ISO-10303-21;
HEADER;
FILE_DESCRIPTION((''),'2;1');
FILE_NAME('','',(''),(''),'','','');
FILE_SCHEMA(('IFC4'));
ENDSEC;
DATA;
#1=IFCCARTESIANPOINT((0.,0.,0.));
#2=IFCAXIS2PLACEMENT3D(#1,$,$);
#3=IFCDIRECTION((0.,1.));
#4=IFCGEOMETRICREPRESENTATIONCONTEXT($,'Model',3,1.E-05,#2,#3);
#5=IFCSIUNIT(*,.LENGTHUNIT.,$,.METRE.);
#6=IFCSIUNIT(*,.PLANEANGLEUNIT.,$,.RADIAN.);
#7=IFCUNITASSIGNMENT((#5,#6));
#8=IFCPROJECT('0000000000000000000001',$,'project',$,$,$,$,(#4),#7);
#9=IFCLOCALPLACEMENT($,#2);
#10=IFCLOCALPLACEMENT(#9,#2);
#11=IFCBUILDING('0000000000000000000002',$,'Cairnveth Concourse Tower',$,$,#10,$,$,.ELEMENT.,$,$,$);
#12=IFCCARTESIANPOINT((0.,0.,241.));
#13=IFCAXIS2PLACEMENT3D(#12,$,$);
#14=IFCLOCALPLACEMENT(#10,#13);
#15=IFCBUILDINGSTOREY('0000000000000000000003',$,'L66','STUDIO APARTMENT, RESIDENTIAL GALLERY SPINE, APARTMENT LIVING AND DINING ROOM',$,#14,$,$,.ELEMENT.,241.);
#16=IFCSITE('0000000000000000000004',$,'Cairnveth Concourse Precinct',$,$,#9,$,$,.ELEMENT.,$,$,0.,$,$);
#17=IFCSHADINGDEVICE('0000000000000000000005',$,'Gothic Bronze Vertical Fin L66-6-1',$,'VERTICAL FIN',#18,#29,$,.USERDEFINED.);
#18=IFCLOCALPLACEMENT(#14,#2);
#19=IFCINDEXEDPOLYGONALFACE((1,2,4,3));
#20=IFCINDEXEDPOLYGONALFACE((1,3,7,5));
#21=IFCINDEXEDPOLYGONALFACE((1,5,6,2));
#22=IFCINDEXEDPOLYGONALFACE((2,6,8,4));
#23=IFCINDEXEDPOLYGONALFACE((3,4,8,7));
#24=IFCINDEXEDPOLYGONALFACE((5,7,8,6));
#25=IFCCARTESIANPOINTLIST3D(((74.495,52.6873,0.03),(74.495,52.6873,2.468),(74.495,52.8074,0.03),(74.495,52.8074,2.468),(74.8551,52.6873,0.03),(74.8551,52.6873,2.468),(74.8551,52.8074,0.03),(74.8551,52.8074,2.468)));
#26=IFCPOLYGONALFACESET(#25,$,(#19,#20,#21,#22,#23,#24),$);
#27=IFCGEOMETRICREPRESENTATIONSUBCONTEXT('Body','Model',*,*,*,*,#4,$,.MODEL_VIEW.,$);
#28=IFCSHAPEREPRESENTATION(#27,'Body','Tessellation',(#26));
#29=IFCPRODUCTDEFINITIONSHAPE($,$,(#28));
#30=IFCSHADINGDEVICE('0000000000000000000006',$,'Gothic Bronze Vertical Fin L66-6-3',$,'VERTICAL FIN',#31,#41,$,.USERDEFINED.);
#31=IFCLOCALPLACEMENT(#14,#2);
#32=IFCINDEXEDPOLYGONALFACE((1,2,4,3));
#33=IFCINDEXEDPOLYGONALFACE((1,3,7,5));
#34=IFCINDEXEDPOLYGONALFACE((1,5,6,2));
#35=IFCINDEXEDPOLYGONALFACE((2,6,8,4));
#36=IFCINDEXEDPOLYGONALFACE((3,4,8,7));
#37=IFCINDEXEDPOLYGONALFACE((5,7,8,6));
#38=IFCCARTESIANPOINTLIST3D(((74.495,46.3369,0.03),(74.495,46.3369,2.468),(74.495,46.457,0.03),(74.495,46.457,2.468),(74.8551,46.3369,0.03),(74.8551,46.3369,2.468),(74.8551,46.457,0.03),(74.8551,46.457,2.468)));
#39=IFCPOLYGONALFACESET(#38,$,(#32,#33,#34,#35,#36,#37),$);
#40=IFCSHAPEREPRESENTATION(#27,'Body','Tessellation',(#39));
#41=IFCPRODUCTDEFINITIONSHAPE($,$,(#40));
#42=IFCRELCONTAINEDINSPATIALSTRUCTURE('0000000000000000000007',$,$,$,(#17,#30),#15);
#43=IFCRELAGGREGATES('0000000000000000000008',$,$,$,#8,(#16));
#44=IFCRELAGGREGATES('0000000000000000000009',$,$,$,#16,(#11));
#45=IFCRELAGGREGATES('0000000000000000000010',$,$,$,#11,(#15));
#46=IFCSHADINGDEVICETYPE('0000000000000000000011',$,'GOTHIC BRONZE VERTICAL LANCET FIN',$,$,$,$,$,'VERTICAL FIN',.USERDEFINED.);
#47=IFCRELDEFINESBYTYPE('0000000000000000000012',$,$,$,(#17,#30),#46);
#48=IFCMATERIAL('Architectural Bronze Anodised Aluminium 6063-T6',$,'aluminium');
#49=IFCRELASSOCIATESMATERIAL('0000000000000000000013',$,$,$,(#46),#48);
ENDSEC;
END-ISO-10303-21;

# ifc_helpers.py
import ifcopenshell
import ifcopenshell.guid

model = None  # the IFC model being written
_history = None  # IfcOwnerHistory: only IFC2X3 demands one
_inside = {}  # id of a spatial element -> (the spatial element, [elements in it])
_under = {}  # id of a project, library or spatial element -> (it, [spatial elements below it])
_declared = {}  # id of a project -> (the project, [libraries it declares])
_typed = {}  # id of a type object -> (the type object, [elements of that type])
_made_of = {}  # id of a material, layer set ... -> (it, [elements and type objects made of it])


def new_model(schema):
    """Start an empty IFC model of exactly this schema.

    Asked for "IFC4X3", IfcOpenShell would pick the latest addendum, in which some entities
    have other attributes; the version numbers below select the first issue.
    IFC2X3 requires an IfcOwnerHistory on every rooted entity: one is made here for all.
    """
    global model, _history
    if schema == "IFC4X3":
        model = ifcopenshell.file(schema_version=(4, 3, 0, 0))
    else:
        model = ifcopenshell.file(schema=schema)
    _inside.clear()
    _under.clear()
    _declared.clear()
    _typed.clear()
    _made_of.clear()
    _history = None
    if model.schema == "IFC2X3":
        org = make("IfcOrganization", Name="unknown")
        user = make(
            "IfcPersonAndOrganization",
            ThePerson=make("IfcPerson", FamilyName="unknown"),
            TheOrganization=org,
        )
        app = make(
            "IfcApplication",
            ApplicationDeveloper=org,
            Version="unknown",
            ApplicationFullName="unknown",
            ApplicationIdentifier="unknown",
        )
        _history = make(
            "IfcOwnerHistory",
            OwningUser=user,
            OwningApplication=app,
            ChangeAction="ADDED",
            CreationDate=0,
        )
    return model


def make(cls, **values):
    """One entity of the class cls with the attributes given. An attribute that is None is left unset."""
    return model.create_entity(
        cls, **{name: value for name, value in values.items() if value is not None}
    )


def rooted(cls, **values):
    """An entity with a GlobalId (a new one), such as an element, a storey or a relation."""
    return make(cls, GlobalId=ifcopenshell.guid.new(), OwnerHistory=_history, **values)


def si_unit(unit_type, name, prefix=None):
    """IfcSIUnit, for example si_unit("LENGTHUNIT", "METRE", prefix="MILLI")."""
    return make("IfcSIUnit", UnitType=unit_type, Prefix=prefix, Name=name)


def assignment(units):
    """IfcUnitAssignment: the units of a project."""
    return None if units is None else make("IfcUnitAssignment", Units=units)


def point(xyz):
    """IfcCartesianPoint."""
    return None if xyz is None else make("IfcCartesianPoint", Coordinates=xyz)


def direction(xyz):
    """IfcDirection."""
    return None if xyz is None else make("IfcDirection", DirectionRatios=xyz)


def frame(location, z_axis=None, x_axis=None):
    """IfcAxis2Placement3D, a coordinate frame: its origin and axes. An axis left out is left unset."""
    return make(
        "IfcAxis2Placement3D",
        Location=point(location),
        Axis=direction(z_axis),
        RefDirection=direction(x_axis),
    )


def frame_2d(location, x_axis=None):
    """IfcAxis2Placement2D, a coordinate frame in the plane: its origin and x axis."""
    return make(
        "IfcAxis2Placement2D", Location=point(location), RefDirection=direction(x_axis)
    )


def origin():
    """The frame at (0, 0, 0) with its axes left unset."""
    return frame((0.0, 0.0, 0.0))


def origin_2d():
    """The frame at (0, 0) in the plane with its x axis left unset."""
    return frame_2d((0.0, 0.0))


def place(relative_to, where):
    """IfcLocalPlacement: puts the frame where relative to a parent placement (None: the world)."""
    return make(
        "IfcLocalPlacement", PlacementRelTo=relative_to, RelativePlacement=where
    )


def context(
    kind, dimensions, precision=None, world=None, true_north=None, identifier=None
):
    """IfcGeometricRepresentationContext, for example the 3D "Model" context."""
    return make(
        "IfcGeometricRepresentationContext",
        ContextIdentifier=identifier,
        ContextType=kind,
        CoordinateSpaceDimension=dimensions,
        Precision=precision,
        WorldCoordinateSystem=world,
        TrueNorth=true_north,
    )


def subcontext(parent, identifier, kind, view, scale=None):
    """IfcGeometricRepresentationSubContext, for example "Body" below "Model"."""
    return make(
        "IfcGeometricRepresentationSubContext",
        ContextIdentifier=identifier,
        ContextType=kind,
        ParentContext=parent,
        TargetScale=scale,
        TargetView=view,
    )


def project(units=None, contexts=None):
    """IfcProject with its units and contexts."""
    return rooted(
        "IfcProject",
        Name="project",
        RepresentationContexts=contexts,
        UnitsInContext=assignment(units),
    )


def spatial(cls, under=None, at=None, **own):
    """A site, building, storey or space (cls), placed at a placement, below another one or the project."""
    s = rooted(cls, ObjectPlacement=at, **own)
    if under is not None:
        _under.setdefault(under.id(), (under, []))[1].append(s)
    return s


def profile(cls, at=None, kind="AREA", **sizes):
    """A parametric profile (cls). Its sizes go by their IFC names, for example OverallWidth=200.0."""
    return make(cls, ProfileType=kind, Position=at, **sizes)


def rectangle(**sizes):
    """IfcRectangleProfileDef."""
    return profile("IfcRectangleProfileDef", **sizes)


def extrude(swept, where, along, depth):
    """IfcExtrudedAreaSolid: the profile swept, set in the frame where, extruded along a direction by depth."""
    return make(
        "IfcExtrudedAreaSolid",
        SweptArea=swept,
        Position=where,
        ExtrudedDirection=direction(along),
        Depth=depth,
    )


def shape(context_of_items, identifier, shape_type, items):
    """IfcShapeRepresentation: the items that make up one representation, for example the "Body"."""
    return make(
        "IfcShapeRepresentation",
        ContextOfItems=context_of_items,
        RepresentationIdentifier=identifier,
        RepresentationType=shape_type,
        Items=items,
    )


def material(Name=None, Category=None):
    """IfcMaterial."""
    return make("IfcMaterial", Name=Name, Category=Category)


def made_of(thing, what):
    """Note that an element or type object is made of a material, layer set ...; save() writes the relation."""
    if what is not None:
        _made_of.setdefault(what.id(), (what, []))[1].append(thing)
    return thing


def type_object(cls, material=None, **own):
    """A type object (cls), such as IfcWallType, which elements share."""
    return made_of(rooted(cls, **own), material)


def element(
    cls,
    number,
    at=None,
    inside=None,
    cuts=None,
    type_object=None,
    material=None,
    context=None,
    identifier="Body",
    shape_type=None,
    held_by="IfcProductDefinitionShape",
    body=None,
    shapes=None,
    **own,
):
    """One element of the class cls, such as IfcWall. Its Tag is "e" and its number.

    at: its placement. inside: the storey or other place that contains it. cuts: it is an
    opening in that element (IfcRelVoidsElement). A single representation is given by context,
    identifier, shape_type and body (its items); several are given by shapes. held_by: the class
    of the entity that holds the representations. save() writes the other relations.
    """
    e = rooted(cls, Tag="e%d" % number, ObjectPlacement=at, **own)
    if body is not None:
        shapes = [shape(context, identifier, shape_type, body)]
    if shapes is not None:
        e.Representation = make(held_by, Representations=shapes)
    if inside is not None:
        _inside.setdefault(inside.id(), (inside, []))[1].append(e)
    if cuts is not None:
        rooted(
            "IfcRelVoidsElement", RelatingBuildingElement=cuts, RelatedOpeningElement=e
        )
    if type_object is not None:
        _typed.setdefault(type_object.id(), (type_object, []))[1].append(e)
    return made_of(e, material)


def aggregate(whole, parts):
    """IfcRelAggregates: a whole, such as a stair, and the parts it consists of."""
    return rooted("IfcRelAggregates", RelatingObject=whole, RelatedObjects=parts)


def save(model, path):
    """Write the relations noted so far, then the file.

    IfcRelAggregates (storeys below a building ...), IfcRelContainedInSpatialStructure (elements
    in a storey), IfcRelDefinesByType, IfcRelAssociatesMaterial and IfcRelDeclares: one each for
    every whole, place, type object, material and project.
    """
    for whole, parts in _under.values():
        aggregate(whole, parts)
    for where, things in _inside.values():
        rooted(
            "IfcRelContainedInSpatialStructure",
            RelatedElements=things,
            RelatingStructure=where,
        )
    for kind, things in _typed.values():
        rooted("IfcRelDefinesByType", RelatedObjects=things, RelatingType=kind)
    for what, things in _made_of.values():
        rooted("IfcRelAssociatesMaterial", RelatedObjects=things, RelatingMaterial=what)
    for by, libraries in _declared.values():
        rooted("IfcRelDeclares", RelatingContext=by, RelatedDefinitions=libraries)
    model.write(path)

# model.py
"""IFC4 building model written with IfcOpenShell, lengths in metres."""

from ifc_helpers import new_model, si_unit, direction, frame, origin, origin_2d, place, context, subcontext, project, spatial, rectangle, extrude, material, type_object, element, save


model = new_model("IFC4")

# Units and contexts
model_context = context("Model", 3, precision=1e-05, world=origin(), true_north=direction((0.0, 1.0)))
body_context = subcontext(model_context, "Body", "Model", "MODEL_VIEW")
ifc_project = project(units=[si_unit("LENGTHUNIT", "METRE"), si_unit("PLANEANGLEUNIT", "RADIAN")], contexts=[model_context])

# Site, building, storey
site_placement = place(None, origin())
site = spatial("IfcSite", under=ifc_project, at=site_placement, Name="Cairnveth Concourse Precinct", CompositionType="ELEMENT", RefElevation=0.0)
building_placement = place(site_placement, origin())
building = spatial("IfcBuilding", under=site, at=building_placement, Name="Cairnveth Concourse Tower", CompositionType="ELEMENT")
storey_placement = place(building_placement, frame((0.0, 0.0, 241.0)))
storey = spatial("IfcBuildingStorey", under=building, at=storey_placement, Name="L66", Description="STUDIO APARTMENT, RESIDENTIAL GALLERY SPINE, APARTMENT LIVING AND DINING ROOM", CompositionType="ELEMENT", Elevation=241.0)

# Shading devices
ifc_material_1 = material(Name="Architectural Bronze Anodised Aluminium 6063-T6", Category="aluminium")
shading_device_type = type_object("IfcShadingDeviceType", Name="GOTHIC BRONZE VERTICAL LANCET FIN", ElementType="VERTICAL FIN", PredefinedType="USERDEFINED", material=ifc_material_1)
for number, where, z_axis, x_axis, name in (
    (1, (74.675, 52.7473, 0.03), (0.0, 0.0, 1.0), (0.0, 1.0, 0.0), "Gothic Bronze Vertical Fin L66-6-1"),
    (2, (74.675, 46.397, 0.03), (0.0, 0.0, 1.0), (0.0, 1.0, 0.0), "Gothic Bronze Vertical Fin L66-6-3"),
):
    element("IfcShadingDevice", number, at=place(storey_placement, frame(where, z_axis=z_axis, x_axis=x_axis)), inside=storey, type_object=shading_device_type, Name=name, ObjectType="VERTICAL FIN", PredefinedType="USERDEFINED", context=body_context, shape_type="SweptSolid", body=[
        extrude(rectangle(XDim=0.1201, YDim=0.3601, at=origin_2d()), origin(), (0.0, 0.0, 1.0), 2.438),
    ])

save(model, "model.ifc")
